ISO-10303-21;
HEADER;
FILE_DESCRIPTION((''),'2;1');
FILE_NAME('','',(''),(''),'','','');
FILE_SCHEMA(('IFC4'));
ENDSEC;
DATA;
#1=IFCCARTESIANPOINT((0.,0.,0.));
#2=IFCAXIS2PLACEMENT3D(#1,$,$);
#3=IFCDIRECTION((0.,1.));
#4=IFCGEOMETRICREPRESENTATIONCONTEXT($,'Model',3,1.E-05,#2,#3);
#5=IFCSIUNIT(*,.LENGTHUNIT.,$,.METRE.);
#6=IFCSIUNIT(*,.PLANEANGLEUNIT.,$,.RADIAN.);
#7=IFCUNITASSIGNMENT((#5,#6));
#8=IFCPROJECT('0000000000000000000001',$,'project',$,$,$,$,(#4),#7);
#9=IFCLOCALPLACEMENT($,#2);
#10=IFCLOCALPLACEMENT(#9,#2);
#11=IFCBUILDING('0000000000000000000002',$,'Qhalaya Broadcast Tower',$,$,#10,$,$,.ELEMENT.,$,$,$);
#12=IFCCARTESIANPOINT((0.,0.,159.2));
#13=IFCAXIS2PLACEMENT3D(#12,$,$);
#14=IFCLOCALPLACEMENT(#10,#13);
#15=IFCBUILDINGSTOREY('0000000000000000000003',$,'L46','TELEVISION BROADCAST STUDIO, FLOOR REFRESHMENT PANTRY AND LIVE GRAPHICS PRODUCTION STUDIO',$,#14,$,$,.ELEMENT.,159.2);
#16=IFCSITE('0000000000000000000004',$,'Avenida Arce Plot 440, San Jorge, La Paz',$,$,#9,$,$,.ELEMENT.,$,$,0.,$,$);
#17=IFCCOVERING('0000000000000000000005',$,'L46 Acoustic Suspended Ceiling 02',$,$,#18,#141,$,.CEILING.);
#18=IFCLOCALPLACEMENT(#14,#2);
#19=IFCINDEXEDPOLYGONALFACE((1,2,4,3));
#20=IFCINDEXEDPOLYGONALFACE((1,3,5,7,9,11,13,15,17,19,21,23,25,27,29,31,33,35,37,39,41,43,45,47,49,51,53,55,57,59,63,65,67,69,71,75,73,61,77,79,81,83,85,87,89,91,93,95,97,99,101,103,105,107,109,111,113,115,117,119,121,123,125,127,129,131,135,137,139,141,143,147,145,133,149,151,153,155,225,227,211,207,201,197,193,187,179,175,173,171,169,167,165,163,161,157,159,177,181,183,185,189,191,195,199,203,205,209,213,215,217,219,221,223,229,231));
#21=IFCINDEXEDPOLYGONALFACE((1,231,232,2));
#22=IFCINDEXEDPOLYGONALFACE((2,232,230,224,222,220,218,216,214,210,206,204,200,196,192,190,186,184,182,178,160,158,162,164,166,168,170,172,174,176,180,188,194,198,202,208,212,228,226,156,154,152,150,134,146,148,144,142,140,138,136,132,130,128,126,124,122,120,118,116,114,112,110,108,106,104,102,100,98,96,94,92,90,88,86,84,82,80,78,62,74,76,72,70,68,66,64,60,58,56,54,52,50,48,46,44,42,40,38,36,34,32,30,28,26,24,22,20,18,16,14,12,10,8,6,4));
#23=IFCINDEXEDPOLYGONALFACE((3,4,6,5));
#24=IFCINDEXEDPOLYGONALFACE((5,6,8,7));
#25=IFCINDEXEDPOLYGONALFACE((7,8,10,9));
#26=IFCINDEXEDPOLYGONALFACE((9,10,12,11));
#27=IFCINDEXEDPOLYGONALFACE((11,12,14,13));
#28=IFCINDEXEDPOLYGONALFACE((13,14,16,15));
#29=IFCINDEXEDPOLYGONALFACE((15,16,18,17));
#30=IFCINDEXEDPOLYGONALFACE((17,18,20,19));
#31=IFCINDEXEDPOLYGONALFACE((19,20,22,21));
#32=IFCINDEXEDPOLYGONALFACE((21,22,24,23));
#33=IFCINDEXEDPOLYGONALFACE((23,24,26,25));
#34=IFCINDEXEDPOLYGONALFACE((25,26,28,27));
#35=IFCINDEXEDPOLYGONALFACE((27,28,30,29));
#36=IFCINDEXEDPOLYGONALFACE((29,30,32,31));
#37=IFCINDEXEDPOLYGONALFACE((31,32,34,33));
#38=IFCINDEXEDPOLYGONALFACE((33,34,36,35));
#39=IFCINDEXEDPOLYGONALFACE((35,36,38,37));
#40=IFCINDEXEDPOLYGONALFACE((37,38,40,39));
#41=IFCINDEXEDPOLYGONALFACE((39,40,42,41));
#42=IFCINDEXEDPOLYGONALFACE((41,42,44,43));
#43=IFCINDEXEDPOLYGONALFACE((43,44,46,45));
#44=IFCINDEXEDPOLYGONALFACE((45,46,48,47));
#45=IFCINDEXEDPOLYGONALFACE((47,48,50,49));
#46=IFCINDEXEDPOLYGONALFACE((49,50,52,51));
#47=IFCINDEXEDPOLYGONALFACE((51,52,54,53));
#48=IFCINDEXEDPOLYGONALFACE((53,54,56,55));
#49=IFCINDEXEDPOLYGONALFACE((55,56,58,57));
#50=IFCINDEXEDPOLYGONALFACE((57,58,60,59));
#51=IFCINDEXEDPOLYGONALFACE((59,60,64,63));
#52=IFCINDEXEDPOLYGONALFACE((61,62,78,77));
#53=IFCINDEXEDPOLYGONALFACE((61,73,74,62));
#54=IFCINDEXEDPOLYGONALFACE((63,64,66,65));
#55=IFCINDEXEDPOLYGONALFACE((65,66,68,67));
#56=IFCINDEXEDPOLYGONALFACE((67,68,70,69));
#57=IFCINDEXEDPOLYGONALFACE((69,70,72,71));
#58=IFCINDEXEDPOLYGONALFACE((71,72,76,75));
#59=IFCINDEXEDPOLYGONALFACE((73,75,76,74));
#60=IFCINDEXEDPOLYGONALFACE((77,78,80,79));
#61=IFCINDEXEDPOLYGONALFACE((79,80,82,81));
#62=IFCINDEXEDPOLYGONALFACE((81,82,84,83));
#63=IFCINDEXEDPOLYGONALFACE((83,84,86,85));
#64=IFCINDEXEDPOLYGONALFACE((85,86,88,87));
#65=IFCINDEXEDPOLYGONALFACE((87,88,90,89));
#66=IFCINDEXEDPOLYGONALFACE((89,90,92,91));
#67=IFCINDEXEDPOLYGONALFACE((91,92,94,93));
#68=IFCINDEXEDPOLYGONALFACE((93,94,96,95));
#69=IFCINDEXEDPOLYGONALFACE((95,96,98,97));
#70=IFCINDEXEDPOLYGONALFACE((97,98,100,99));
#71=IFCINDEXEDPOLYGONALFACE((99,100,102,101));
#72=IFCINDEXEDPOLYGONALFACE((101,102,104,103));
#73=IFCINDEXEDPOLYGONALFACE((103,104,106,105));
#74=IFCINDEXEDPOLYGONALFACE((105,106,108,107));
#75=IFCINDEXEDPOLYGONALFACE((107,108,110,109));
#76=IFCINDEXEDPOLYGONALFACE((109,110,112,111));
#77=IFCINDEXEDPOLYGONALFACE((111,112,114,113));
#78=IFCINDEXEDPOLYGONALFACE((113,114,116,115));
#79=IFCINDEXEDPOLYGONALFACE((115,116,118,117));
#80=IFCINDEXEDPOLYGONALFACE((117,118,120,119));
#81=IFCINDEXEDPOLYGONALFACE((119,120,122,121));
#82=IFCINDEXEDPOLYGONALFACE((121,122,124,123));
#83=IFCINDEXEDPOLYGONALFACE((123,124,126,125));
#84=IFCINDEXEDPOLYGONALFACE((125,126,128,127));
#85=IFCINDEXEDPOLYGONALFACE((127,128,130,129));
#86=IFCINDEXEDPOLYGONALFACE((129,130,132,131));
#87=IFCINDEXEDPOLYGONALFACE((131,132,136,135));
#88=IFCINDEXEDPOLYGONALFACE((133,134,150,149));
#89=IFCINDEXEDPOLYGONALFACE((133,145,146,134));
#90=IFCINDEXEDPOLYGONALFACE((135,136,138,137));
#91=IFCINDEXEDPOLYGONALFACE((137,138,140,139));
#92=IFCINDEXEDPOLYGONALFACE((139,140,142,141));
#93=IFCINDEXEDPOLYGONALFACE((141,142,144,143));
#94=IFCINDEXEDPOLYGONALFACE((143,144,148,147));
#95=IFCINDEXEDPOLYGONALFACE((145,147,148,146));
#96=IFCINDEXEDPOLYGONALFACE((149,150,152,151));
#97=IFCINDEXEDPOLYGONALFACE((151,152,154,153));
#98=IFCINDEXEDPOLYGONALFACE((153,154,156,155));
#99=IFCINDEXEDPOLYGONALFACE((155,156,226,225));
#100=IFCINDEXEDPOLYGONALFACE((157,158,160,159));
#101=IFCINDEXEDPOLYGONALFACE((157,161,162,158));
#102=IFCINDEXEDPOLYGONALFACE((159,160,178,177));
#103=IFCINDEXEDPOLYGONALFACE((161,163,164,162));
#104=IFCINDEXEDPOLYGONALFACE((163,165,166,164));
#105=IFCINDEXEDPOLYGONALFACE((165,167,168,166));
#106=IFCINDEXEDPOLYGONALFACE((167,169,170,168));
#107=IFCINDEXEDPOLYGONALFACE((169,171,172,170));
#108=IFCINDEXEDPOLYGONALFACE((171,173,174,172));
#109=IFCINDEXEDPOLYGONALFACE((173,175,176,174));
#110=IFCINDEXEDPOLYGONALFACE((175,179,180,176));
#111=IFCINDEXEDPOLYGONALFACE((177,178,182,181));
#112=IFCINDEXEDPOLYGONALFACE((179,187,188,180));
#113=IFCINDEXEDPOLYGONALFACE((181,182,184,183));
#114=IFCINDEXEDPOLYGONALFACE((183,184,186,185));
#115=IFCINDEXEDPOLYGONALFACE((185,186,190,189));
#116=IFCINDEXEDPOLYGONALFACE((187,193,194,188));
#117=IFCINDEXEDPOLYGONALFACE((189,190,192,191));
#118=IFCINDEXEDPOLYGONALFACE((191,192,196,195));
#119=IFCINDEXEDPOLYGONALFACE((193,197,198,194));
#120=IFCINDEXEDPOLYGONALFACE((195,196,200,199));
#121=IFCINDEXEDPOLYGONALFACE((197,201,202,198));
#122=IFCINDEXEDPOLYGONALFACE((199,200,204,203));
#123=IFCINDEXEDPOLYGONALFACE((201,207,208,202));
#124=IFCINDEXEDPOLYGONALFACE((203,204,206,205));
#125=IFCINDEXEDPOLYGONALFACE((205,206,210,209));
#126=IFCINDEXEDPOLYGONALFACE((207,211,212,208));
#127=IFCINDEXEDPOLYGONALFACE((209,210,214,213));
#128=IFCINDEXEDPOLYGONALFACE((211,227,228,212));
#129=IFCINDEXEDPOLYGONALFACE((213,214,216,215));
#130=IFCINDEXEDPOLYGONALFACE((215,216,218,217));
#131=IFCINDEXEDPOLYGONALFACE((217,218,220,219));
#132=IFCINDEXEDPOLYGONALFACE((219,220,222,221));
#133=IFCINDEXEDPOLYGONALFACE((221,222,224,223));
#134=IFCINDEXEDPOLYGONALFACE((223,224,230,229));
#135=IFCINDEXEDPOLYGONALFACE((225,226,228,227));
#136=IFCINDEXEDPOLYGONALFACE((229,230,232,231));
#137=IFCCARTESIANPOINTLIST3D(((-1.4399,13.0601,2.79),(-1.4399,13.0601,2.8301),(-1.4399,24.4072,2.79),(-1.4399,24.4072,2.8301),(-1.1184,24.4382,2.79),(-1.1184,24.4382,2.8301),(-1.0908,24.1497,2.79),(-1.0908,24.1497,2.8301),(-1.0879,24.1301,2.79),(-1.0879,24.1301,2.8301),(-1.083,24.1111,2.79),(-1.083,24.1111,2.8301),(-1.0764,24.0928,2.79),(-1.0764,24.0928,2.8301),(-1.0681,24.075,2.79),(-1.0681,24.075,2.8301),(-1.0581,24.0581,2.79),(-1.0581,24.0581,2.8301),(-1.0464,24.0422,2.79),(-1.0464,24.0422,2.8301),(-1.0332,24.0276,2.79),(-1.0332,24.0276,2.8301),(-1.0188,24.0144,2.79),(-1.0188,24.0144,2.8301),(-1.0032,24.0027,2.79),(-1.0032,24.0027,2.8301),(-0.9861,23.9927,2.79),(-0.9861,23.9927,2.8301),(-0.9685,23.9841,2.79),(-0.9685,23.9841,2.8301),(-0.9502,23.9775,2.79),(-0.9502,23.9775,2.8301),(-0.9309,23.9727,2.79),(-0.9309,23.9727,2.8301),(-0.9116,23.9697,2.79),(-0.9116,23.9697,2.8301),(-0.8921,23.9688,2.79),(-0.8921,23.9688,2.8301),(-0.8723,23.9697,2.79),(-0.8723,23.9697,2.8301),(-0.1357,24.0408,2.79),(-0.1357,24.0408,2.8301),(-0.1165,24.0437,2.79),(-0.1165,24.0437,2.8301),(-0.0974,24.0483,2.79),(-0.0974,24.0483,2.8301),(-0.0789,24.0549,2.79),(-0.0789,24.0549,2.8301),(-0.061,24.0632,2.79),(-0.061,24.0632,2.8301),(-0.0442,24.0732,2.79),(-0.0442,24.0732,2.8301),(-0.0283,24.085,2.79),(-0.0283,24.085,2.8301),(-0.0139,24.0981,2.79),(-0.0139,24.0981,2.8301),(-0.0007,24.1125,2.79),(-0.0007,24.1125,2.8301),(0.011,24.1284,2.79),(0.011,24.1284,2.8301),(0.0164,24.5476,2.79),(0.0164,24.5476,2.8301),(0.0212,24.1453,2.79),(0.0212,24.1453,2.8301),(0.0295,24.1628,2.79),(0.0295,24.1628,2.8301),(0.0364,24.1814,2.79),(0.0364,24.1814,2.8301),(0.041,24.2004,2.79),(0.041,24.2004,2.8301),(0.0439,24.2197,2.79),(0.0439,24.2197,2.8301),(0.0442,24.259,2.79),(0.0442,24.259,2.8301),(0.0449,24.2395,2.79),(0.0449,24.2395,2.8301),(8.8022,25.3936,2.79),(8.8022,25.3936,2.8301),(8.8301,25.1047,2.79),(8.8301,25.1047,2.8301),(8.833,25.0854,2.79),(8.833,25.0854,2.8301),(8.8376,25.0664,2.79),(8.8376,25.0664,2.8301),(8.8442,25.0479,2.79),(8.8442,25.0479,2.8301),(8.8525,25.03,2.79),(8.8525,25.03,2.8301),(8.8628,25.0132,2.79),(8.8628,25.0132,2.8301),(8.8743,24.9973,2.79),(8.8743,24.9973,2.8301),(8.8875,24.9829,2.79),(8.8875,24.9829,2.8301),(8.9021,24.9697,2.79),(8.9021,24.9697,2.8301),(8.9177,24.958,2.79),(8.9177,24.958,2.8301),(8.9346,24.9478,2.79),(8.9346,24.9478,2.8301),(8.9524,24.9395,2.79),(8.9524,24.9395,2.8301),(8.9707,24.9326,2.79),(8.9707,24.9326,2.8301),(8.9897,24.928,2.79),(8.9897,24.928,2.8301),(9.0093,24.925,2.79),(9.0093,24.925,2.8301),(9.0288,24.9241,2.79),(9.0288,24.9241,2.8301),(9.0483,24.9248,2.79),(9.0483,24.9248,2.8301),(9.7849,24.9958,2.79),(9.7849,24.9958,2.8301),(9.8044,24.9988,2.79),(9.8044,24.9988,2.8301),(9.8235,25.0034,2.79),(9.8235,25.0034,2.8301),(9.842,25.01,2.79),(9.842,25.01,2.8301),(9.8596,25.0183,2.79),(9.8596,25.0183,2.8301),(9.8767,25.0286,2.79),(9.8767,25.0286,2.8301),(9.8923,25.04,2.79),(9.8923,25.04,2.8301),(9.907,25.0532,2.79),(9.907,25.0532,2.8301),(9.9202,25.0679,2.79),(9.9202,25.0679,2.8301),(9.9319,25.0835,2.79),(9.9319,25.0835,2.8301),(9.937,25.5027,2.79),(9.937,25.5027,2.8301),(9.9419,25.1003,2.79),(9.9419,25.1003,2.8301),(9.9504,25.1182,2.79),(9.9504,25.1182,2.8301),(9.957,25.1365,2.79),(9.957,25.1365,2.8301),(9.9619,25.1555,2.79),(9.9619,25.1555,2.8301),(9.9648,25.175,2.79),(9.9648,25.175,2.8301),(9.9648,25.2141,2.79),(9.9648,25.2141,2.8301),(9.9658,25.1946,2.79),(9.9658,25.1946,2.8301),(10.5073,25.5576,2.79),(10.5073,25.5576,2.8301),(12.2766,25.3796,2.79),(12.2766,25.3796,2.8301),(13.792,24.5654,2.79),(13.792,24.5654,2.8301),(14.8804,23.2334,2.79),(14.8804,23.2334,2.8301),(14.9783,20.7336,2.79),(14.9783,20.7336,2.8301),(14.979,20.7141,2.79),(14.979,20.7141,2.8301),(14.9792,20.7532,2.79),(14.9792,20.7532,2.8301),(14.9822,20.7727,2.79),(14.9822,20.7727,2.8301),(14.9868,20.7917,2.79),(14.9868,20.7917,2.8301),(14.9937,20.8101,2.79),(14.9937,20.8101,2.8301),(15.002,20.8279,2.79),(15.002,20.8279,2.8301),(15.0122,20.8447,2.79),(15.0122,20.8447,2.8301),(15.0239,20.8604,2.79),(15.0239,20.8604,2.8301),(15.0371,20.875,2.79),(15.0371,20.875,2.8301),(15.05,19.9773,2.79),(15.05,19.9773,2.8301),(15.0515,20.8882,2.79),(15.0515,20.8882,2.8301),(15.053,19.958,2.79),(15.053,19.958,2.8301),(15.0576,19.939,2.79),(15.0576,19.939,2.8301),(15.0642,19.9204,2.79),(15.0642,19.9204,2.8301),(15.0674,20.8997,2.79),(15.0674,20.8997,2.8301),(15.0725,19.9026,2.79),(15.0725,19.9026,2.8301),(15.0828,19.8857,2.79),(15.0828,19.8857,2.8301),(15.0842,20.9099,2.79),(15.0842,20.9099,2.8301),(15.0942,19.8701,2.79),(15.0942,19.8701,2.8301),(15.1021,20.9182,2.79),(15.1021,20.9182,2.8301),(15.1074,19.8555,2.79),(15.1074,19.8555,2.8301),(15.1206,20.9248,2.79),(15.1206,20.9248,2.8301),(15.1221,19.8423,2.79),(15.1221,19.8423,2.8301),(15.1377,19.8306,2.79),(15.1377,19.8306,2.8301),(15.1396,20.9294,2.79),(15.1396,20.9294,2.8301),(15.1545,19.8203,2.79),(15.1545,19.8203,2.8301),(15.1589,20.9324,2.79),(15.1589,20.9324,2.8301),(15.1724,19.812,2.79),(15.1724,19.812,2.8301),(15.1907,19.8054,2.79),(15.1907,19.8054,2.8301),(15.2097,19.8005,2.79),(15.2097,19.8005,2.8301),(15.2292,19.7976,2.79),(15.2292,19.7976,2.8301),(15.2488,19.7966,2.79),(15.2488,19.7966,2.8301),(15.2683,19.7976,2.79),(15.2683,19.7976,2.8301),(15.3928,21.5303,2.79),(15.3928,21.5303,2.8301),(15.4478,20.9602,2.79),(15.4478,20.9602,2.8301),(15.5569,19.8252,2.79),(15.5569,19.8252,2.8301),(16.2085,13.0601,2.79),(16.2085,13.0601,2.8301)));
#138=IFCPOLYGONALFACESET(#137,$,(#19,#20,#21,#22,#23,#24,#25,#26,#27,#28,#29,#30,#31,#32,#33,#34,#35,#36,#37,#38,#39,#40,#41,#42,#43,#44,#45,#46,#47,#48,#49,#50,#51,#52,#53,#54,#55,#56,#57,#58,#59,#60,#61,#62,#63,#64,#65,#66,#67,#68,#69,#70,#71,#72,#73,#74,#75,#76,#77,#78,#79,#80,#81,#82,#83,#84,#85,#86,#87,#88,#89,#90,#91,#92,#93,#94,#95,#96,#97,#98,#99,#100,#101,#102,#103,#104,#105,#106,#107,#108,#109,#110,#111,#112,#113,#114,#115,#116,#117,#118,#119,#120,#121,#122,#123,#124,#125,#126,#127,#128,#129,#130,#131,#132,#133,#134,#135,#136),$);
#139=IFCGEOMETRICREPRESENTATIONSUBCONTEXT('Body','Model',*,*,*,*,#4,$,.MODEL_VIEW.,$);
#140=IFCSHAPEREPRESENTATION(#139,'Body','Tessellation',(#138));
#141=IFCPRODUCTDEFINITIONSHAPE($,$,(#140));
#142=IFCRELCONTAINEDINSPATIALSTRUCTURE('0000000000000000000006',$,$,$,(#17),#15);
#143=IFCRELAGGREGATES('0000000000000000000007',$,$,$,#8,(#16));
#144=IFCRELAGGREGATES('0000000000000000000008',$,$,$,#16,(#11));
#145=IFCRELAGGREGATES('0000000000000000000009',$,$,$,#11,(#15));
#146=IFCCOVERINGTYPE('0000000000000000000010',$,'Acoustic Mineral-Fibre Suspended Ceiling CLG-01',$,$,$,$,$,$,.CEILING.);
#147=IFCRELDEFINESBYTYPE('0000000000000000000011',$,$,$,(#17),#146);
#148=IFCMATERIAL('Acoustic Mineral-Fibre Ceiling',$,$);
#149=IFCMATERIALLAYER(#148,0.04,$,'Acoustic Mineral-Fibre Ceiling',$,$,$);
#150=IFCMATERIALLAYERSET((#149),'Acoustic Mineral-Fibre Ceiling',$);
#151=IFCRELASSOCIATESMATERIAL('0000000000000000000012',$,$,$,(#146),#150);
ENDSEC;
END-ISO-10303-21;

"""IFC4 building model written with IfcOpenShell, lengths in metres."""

from ifc_helpers import new_model, si_unit, direction, frame, origin, place, context, subcontext, project, spatial, polyline, outline, extrude, material, layer, layer_set, type_object, element, save


model = new_model("IFC4")

# Units and contexts
model_context = context("Model", 3, precision=1e-05, world=origin(), true_north=direction((0.0, 1.0)))
body_context = subcontext(model_context, "Body", "Model", "MODEL_VIEW")
ifc_project = project(units=[si_unit("LENGTHUNIT", "METRE"), si_unit("PLANEANGLEUNIT", "RADIAN")], contexts=[model_context])

# Site, building, storey
site_placement = place(None, origin())
site = spatial("IfcSite", under=ifc_project, at=site_placement, Name="Avenida Arce Plot 440, San Jorge, La Paz", CompositionType="ELEMENT", RefElevation=0.0)
building_placement = place(site_placement, origin())
building = spatial("IfcBuilding", under=site, at=building_placement, Name="Qhalaya Broadcast Tower", CompositionType="ELEMENT")
storey_placement = place(building_placement, frame((0.0, 0.0, 159.2)))
storey = spatial("IfcBuildingStorey", under=building, at=storey_placement, Name="L46", Description="TELEVISION BROADCAST STUDIO, FLOOR REFRESHMENT PANTRY AND LIVE GRAPHICS PRODUCTION STUDIO", CompositionType="ELEMENT", Elevation=159.2)

# Covering
ifc_material_1 = material(Name="Acoustic Mineral-Fibre Ceiling")
ifc_layer_1 = layer(ifc_material_1, 0.04, Name="Acoustic Mineral-Fibre Ceiling")
ifc_layer_set_1 = layer_set([ifc_layer_1], Name="Acoustic Mineral-Fibre Ceiling")
covering_type = type_object("IfcCoveringType", Name="Acoustic Mineral-Fibre Suspended Ceiling CLG-01", PredefinedType="CEILING", material=ifc_layer_set_1)
covering_1_placement = place(storey_placement, frame((0.0, 0.0, 2.79)))
element("IfcCovering", 1, at=covering_1_placement, inside=storey, type_object=covering_type, Name="L46 Acoustic Suspended Ceiling 02", PredefinedType="CEILING", context=body_context, shape_type="SweptSolid", body=[
    extrude(outline(polyline([(-1.1184, 24.4382), (-1.4399, 24.4072), (-1.4399, 13.0601), (16.2085, 13.0601), (15.5569, 19.8252), (15.2683, 19.7976), (15.2488, 19.7966), (15.2292, 19.7976), (15.2097, 19.8005), (15.1907, 19.8054), (15.1724, 19.812), (15.1545, 19.8203), (15.1377, 19.8306), (15.1221, 19.8423), (15.1074, 19.8555), (15.0942, 19.8701), (15.0828, 19.8857), (15.0725, 19.9026), (15.0642, 19.9204), (15.0576, 19.939), (15.053, 19.958), (15.05, 19.9773), (14.979, 20.7141), (14.9783, 20.7336), (14.9792, 20.7532), (14.9822, 20.7727), (14.9868, 20.7917), (14.9937, 20.8101), (15.002, 20.8279), (15.0122, 20.8447), (15.0239, 20.8604), (15.0371, 20.875), (15.0515, 20.8882), (15.0674, 20.8997), (15.0842, 20.9099), (15.1021, 20.9182), (15.1206, 20.9248), (15.1396, 20.9294), (15.1589, 20.9324), (15.4478, 20.9602), (15.3928, 21.5303), (14.8804, 23.2334), (13.792, 24.5654), (12.2766, 25.3796), (10.5073, 25.5576), (9.937, 25.5027), (9.9648, 25.2141), (9.9658, 25.1946), (9.9648, 25.175), (9.9619, 25.1555), (9.957, 25.1365), (9.9504, 25.1182), (9.9419, 25.1003), (9.9319, 25.0835), (9.9202, 25.0679), (9.907, 25.0532), (9.8923, 25.04), (9.8767, 25.0286), (9.8596, 25.0183), (9.842, 25.01), (9.8235, 25.0034), (9.8044, 24.9988), (9.7849, 24.9958), (9.0483, 24.9248), (9.0288, 24.9241), (9.0093, 24.925), (8.9897, 24.928), (8.9707, 24.9326), (8.9524, 24.9395), (8.9346, 24.9478), (8.9177, 24.958), (8.9021, 24.9697), (8.8875, 24.9829), (8.8743, 24.9973), (8.8628, 25.0132), (8.8525, 25.03), (8.8442, 25.0479), (8.8376, 25.0664), (8.833, 25.0854), (8.8301, 25.1047), (8.8022, 25.3936), (0.0164, 24.5476), (0.0442, 24.259), (0.0449, 24.2395), (0.0439, 24.2197), (0.041, 24.2004), (0.0364, 24.1814), (0.0295, 24.1628), (0.0212, 24.1453), (0.011, 24.1284), (-0.0007, 24.1125), (-0.0139, 24.0981), (-0.0283, 24.085), (-0.0442, 24.0732), (-0.061, 24.0632), (-0.0789, 24.0549), (-0.0974, 24.0483), (-0.1165, 24.0437), (-0.1357, 24.0408), (-0.8723, 23.9697), (-0.8921, 23.9688), (-0.9116, 23.9697), (-0.9309, 23.9727), (-0.9502, 23.9775), (-0.9685, 23.9841), (-0.9861, 23.9927), (-1.0032, 24.0027), (-1.0188, 24.0144), (-1.0332, 24.0276), (-1.0464, 24.0422), (-1.0581, 24.0581), (-1.0681, 24.075), (-1.0764, 24.0928), (-1.083, 24.1111), (-1.0879, 24.1301), (-1.0908, 24.1497), (-1.1184, 24.4382)])), origin(), (0.0, 0.0, 1.0), 0.04),
])

save(model, "model.ifc")
